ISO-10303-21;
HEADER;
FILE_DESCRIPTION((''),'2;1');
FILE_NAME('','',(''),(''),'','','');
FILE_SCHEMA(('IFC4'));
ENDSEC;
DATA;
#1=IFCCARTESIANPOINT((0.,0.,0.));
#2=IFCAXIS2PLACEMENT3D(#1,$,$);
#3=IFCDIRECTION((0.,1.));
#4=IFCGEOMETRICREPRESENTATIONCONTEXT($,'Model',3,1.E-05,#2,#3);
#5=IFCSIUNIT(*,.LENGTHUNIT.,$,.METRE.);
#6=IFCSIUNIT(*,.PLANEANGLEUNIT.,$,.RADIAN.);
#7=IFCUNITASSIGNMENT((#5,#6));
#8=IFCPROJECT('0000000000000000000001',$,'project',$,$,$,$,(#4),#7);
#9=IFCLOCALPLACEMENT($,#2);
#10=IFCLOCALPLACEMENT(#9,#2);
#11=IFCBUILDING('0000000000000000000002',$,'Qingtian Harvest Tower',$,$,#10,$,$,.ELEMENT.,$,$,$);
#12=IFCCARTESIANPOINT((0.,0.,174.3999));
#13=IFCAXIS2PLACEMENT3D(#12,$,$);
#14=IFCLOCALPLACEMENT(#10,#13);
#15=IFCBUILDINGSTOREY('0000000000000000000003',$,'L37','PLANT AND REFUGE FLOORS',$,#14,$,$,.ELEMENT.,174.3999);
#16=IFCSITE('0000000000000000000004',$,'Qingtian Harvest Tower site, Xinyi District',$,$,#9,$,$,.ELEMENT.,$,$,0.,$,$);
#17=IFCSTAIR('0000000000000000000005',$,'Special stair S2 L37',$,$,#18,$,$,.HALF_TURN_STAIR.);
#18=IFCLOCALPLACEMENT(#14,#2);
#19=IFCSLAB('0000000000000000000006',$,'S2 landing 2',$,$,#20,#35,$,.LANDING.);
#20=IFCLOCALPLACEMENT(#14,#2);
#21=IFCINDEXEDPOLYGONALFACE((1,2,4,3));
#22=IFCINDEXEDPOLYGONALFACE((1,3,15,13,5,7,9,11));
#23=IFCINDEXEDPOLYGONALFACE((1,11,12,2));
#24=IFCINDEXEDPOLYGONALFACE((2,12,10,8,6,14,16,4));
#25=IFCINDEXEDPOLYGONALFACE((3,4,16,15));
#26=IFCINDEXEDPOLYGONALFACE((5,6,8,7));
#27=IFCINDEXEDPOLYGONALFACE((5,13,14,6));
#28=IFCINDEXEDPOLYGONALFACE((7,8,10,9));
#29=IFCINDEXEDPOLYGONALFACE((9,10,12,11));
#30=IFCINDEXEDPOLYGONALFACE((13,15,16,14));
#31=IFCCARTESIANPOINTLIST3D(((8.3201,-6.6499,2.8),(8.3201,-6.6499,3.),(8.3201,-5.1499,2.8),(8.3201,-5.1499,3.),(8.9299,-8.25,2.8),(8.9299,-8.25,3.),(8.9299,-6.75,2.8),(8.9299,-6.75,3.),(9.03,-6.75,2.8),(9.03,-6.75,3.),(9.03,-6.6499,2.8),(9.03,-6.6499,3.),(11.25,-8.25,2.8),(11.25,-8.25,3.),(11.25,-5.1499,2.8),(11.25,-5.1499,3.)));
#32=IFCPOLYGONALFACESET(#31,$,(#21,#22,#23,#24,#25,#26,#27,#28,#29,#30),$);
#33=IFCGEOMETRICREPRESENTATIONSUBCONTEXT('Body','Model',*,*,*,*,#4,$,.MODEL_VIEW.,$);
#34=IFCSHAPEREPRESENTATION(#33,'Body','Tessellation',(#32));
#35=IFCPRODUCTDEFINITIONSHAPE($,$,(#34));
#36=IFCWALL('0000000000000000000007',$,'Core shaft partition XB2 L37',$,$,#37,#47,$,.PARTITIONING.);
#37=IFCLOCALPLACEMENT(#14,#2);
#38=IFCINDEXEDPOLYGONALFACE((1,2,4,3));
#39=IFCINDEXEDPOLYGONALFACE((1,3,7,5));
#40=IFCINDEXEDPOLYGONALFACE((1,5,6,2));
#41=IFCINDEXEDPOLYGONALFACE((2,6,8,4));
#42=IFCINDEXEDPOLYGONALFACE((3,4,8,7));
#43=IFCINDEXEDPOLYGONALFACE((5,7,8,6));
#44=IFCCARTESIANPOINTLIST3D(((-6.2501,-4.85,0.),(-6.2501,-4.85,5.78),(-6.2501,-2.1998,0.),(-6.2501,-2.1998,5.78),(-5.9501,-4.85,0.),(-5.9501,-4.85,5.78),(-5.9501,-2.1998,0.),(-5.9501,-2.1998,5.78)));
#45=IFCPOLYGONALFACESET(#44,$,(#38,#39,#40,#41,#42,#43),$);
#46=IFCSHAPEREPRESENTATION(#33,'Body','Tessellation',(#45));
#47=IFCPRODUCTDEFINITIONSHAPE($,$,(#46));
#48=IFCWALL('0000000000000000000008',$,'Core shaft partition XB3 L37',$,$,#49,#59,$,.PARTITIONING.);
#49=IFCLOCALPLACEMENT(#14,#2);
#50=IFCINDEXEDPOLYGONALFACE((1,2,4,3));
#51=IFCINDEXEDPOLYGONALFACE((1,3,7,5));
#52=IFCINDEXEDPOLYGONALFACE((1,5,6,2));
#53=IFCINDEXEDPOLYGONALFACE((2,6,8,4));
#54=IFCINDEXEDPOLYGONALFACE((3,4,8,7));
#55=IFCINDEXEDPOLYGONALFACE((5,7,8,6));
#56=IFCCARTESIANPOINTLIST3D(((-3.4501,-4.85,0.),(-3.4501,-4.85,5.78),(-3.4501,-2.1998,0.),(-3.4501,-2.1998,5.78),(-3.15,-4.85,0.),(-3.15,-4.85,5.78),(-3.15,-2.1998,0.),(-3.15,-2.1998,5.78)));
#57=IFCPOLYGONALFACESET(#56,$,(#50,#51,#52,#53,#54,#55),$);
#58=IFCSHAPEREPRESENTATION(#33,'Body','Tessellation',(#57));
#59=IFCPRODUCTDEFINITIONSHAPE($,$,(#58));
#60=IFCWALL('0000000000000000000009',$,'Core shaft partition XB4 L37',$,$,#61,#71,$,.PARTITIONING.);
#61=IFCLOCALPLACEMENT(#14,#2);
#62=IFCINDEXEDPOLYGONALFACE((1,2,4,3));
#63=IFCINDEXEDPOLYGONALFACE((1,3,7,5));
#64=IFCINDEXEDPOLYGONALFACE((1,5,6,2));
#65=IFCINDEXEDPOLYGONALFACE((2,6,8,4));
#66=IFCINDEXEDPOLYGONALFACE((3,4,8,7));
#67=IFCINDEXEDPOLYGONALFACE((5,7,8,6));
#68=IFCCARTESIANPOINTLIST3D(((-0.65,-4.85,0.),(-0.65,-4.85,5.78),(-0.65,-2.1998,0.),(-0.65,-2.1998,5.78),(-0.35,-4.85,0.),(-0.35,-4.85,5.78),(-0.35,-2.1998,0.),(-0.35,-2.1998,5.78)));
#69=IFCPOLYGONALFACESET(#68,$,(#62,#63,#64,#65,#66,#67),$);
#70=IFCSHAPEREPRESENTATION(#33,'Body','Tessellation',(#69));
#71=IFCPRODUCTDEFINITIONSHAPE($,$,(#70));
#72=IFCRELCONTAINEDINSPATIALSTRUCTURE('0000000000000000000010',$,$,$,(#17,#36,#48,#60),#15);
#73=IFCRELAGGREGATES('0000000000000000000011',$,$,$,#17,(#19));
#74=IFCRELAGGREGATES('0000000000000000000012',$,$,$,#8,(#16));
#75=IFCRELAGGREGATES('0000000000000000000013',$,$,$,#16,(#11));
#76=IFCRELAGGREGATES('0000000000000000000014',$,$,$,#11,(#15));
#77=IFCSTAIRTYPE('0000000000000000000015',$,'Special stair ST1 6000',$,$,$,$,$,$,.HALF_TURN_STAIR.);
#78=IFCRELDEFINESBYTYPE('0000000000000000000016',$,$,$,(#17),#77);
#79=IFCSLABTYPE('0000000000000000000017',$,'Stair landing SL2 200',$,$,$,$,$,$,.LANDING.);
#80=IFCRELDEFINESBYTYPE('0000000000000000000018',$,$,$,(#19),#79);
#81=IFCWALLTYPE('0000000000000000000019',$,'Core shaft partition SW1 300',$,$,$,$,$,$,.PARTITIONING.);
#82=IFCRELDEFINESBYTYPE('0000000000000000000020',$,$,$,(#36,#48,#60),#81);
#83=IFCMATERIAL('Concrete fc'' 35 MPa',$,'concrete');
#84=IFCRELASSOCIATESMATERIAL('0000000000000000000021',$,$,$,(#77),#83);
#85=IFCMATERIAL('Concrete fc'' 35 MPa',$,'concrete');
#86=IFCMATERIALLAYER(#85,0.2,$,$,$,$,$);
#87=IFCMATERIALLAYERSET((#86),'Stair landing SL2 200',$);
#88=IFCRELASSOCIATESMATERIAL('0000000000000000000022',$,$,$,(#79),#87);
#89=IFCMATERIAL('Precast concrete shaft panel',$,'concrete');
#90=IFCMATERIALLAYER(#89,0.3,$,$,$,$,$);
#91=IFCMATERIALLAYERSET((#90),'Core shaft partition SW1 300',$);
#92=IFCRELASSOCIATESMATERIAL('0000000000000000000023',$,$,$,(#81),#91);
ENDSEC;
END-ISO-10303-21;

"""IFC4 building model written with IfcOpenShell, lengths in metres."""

from ifc_helpers import new_model, si_unit, direction, frame, frame_2d, origin, place, context, subcontext, project, spatial, polyline, rectangle, outline, extrude, material, layer, layer_set, type_object, element, aggregate, save


model = new_model("IFC4")

# Units and contexts
model_context = context("Model", 3, precision=1e-05, world=origin(), true_north=direction((0.0, 1.0)))
body_context = subcontext(model_context, "Body", "Model", "MODEL_VIEW")
ifc_project = project(units=[si_unit("LENGTHUNIT", "METRE"), si_unit("PLANEANGLEUNIT", "RADIAN")], contexts=[model_context])

# Site, building, storey
site_placement = place(None, origin())
site = spatial("IfcSite", under=ifc_project, at=site_placement, Name="Qingtian Harvest Tower site, Xinyi District", CompositionType="ELEMENT", RefElevation=0.0)
building_placement = place(site_placement, origin())
building = spatial("IfcBuilding", under=site, at=building_placement, Name="Qingtian Harvest Tower", CompositionType="ELEMENT")
storey_placement = place(building_placement, frame((0.0, 0.0, 174.3999)))
storey = spatial("IfcBuildingStorey", under=building, at=storey_placement, Name="L37", Description="PLANT AND REFUGE FLOORS", CompositionType="ELEMENT", Elevation=174.3999)

# Stair, slab
ifc_material_1 = material(Name="Concrete fc' 35 MPa", Category="concrete")
stair_type = type_object("IfcStairType", Name="Special stair ST1 6000", PredefinedType="HALF_TURN_STAIR", material=ifc_material_1)
ifc_material_2 = material(Name="Concrete fc' 35 MPa", Category="concrete")
ifc_layer_1 = layer(ifc_material_2, 0.2)
ifc_layer_set_1 = layer_set([ifc_layer_1], Name="Stair landing SL2 200")
slab_type_1 = type_object("IfcSlabType", Name="Stair landing SL2 200", PredefinedType="LANDING", material=ifc_layer_set_1)
stair_1_placement = place(storey_placement, origin())
stair_1 = element("IfcStair", 1, at=stair_1_placement, inside=storey, type_object=stair_type, Name="Special stair S2 L37", PredefinedType="HALF_TURN_STAIR")
slab_1_placement = place(storey_placement, frame((0.0, 0.0, 2.8)))
slab_1 = element("IfcSlab", 2, at=slab_1_placement, type_object=slab_type_1, Name="S2 landing 2", PredefinedType="LANDING", context=body_context, shape_type="SweptSolid", body=[
    extrude(outline(polyline([(8.9299, -8.25), (8.9299, -6.75), (9.03, -6.75), (9.03, -6.6499), (8.3201, -6.6499), (8.3201, -5.1499), (11.25, -5.1499), (11.25, -8.25), (8.9299, -8.25)])), origin(), (0.0, 0.0, 1.0), 0.2),
])
aggregate(stair_1, [slab_1])

# Walls
ifc_material_3 = material(Name="Precast concrete shaft panel", Category="concrete")
ifc_layer_2 = layer(ifc_material_3, 0.3)
ifc_layer_set_2 = layer_set([ifc_layer_2], Name="Core shaft partition SW1 300")
wall_type = type_object("IfcWallType", Name="Core shaft partition SW1 300", PredefinedType="PARTITIONING", material=ifc_layer_set_2)
for number, where, z_axis, x_axis, name in (
    (3, (-6.1001, -4.8501, 0.0), (0.0, 0.0, 1.0), (0.0, 1.0, 0.0), "Core shaft partition XB2 L37"),
    (4, (-3.3, -4.8501, 0.0), (0.0, 0.0, 1.0), (0.0, 1.0, 0.0), "Core shaft partition XB3 L37"),
    (5, (-0.5, -4.8501, 0.0), (0.0, 0.0, 1.0), (0.0, 1.0, 0.0), "Core shaft partition XB4 L37"),
):
    element("IfcWall", number, at=place(storey_placement, frame(where, z_axis=z_axis, x_axis=x_axis)), inside=storey, type_object=wall_type, Name=name, PredefinedType="PARTITIONING", context=body_context, shape_type="SweptSolid", body=[
        extrude(rectangle(XDim=2.6501, YDim=0.3, at=frame_2d((1.3252, 0.0))), origin(), (0.0, 0.0, 1.0), 5.78),
    ])

save(model, "model.ifc")
